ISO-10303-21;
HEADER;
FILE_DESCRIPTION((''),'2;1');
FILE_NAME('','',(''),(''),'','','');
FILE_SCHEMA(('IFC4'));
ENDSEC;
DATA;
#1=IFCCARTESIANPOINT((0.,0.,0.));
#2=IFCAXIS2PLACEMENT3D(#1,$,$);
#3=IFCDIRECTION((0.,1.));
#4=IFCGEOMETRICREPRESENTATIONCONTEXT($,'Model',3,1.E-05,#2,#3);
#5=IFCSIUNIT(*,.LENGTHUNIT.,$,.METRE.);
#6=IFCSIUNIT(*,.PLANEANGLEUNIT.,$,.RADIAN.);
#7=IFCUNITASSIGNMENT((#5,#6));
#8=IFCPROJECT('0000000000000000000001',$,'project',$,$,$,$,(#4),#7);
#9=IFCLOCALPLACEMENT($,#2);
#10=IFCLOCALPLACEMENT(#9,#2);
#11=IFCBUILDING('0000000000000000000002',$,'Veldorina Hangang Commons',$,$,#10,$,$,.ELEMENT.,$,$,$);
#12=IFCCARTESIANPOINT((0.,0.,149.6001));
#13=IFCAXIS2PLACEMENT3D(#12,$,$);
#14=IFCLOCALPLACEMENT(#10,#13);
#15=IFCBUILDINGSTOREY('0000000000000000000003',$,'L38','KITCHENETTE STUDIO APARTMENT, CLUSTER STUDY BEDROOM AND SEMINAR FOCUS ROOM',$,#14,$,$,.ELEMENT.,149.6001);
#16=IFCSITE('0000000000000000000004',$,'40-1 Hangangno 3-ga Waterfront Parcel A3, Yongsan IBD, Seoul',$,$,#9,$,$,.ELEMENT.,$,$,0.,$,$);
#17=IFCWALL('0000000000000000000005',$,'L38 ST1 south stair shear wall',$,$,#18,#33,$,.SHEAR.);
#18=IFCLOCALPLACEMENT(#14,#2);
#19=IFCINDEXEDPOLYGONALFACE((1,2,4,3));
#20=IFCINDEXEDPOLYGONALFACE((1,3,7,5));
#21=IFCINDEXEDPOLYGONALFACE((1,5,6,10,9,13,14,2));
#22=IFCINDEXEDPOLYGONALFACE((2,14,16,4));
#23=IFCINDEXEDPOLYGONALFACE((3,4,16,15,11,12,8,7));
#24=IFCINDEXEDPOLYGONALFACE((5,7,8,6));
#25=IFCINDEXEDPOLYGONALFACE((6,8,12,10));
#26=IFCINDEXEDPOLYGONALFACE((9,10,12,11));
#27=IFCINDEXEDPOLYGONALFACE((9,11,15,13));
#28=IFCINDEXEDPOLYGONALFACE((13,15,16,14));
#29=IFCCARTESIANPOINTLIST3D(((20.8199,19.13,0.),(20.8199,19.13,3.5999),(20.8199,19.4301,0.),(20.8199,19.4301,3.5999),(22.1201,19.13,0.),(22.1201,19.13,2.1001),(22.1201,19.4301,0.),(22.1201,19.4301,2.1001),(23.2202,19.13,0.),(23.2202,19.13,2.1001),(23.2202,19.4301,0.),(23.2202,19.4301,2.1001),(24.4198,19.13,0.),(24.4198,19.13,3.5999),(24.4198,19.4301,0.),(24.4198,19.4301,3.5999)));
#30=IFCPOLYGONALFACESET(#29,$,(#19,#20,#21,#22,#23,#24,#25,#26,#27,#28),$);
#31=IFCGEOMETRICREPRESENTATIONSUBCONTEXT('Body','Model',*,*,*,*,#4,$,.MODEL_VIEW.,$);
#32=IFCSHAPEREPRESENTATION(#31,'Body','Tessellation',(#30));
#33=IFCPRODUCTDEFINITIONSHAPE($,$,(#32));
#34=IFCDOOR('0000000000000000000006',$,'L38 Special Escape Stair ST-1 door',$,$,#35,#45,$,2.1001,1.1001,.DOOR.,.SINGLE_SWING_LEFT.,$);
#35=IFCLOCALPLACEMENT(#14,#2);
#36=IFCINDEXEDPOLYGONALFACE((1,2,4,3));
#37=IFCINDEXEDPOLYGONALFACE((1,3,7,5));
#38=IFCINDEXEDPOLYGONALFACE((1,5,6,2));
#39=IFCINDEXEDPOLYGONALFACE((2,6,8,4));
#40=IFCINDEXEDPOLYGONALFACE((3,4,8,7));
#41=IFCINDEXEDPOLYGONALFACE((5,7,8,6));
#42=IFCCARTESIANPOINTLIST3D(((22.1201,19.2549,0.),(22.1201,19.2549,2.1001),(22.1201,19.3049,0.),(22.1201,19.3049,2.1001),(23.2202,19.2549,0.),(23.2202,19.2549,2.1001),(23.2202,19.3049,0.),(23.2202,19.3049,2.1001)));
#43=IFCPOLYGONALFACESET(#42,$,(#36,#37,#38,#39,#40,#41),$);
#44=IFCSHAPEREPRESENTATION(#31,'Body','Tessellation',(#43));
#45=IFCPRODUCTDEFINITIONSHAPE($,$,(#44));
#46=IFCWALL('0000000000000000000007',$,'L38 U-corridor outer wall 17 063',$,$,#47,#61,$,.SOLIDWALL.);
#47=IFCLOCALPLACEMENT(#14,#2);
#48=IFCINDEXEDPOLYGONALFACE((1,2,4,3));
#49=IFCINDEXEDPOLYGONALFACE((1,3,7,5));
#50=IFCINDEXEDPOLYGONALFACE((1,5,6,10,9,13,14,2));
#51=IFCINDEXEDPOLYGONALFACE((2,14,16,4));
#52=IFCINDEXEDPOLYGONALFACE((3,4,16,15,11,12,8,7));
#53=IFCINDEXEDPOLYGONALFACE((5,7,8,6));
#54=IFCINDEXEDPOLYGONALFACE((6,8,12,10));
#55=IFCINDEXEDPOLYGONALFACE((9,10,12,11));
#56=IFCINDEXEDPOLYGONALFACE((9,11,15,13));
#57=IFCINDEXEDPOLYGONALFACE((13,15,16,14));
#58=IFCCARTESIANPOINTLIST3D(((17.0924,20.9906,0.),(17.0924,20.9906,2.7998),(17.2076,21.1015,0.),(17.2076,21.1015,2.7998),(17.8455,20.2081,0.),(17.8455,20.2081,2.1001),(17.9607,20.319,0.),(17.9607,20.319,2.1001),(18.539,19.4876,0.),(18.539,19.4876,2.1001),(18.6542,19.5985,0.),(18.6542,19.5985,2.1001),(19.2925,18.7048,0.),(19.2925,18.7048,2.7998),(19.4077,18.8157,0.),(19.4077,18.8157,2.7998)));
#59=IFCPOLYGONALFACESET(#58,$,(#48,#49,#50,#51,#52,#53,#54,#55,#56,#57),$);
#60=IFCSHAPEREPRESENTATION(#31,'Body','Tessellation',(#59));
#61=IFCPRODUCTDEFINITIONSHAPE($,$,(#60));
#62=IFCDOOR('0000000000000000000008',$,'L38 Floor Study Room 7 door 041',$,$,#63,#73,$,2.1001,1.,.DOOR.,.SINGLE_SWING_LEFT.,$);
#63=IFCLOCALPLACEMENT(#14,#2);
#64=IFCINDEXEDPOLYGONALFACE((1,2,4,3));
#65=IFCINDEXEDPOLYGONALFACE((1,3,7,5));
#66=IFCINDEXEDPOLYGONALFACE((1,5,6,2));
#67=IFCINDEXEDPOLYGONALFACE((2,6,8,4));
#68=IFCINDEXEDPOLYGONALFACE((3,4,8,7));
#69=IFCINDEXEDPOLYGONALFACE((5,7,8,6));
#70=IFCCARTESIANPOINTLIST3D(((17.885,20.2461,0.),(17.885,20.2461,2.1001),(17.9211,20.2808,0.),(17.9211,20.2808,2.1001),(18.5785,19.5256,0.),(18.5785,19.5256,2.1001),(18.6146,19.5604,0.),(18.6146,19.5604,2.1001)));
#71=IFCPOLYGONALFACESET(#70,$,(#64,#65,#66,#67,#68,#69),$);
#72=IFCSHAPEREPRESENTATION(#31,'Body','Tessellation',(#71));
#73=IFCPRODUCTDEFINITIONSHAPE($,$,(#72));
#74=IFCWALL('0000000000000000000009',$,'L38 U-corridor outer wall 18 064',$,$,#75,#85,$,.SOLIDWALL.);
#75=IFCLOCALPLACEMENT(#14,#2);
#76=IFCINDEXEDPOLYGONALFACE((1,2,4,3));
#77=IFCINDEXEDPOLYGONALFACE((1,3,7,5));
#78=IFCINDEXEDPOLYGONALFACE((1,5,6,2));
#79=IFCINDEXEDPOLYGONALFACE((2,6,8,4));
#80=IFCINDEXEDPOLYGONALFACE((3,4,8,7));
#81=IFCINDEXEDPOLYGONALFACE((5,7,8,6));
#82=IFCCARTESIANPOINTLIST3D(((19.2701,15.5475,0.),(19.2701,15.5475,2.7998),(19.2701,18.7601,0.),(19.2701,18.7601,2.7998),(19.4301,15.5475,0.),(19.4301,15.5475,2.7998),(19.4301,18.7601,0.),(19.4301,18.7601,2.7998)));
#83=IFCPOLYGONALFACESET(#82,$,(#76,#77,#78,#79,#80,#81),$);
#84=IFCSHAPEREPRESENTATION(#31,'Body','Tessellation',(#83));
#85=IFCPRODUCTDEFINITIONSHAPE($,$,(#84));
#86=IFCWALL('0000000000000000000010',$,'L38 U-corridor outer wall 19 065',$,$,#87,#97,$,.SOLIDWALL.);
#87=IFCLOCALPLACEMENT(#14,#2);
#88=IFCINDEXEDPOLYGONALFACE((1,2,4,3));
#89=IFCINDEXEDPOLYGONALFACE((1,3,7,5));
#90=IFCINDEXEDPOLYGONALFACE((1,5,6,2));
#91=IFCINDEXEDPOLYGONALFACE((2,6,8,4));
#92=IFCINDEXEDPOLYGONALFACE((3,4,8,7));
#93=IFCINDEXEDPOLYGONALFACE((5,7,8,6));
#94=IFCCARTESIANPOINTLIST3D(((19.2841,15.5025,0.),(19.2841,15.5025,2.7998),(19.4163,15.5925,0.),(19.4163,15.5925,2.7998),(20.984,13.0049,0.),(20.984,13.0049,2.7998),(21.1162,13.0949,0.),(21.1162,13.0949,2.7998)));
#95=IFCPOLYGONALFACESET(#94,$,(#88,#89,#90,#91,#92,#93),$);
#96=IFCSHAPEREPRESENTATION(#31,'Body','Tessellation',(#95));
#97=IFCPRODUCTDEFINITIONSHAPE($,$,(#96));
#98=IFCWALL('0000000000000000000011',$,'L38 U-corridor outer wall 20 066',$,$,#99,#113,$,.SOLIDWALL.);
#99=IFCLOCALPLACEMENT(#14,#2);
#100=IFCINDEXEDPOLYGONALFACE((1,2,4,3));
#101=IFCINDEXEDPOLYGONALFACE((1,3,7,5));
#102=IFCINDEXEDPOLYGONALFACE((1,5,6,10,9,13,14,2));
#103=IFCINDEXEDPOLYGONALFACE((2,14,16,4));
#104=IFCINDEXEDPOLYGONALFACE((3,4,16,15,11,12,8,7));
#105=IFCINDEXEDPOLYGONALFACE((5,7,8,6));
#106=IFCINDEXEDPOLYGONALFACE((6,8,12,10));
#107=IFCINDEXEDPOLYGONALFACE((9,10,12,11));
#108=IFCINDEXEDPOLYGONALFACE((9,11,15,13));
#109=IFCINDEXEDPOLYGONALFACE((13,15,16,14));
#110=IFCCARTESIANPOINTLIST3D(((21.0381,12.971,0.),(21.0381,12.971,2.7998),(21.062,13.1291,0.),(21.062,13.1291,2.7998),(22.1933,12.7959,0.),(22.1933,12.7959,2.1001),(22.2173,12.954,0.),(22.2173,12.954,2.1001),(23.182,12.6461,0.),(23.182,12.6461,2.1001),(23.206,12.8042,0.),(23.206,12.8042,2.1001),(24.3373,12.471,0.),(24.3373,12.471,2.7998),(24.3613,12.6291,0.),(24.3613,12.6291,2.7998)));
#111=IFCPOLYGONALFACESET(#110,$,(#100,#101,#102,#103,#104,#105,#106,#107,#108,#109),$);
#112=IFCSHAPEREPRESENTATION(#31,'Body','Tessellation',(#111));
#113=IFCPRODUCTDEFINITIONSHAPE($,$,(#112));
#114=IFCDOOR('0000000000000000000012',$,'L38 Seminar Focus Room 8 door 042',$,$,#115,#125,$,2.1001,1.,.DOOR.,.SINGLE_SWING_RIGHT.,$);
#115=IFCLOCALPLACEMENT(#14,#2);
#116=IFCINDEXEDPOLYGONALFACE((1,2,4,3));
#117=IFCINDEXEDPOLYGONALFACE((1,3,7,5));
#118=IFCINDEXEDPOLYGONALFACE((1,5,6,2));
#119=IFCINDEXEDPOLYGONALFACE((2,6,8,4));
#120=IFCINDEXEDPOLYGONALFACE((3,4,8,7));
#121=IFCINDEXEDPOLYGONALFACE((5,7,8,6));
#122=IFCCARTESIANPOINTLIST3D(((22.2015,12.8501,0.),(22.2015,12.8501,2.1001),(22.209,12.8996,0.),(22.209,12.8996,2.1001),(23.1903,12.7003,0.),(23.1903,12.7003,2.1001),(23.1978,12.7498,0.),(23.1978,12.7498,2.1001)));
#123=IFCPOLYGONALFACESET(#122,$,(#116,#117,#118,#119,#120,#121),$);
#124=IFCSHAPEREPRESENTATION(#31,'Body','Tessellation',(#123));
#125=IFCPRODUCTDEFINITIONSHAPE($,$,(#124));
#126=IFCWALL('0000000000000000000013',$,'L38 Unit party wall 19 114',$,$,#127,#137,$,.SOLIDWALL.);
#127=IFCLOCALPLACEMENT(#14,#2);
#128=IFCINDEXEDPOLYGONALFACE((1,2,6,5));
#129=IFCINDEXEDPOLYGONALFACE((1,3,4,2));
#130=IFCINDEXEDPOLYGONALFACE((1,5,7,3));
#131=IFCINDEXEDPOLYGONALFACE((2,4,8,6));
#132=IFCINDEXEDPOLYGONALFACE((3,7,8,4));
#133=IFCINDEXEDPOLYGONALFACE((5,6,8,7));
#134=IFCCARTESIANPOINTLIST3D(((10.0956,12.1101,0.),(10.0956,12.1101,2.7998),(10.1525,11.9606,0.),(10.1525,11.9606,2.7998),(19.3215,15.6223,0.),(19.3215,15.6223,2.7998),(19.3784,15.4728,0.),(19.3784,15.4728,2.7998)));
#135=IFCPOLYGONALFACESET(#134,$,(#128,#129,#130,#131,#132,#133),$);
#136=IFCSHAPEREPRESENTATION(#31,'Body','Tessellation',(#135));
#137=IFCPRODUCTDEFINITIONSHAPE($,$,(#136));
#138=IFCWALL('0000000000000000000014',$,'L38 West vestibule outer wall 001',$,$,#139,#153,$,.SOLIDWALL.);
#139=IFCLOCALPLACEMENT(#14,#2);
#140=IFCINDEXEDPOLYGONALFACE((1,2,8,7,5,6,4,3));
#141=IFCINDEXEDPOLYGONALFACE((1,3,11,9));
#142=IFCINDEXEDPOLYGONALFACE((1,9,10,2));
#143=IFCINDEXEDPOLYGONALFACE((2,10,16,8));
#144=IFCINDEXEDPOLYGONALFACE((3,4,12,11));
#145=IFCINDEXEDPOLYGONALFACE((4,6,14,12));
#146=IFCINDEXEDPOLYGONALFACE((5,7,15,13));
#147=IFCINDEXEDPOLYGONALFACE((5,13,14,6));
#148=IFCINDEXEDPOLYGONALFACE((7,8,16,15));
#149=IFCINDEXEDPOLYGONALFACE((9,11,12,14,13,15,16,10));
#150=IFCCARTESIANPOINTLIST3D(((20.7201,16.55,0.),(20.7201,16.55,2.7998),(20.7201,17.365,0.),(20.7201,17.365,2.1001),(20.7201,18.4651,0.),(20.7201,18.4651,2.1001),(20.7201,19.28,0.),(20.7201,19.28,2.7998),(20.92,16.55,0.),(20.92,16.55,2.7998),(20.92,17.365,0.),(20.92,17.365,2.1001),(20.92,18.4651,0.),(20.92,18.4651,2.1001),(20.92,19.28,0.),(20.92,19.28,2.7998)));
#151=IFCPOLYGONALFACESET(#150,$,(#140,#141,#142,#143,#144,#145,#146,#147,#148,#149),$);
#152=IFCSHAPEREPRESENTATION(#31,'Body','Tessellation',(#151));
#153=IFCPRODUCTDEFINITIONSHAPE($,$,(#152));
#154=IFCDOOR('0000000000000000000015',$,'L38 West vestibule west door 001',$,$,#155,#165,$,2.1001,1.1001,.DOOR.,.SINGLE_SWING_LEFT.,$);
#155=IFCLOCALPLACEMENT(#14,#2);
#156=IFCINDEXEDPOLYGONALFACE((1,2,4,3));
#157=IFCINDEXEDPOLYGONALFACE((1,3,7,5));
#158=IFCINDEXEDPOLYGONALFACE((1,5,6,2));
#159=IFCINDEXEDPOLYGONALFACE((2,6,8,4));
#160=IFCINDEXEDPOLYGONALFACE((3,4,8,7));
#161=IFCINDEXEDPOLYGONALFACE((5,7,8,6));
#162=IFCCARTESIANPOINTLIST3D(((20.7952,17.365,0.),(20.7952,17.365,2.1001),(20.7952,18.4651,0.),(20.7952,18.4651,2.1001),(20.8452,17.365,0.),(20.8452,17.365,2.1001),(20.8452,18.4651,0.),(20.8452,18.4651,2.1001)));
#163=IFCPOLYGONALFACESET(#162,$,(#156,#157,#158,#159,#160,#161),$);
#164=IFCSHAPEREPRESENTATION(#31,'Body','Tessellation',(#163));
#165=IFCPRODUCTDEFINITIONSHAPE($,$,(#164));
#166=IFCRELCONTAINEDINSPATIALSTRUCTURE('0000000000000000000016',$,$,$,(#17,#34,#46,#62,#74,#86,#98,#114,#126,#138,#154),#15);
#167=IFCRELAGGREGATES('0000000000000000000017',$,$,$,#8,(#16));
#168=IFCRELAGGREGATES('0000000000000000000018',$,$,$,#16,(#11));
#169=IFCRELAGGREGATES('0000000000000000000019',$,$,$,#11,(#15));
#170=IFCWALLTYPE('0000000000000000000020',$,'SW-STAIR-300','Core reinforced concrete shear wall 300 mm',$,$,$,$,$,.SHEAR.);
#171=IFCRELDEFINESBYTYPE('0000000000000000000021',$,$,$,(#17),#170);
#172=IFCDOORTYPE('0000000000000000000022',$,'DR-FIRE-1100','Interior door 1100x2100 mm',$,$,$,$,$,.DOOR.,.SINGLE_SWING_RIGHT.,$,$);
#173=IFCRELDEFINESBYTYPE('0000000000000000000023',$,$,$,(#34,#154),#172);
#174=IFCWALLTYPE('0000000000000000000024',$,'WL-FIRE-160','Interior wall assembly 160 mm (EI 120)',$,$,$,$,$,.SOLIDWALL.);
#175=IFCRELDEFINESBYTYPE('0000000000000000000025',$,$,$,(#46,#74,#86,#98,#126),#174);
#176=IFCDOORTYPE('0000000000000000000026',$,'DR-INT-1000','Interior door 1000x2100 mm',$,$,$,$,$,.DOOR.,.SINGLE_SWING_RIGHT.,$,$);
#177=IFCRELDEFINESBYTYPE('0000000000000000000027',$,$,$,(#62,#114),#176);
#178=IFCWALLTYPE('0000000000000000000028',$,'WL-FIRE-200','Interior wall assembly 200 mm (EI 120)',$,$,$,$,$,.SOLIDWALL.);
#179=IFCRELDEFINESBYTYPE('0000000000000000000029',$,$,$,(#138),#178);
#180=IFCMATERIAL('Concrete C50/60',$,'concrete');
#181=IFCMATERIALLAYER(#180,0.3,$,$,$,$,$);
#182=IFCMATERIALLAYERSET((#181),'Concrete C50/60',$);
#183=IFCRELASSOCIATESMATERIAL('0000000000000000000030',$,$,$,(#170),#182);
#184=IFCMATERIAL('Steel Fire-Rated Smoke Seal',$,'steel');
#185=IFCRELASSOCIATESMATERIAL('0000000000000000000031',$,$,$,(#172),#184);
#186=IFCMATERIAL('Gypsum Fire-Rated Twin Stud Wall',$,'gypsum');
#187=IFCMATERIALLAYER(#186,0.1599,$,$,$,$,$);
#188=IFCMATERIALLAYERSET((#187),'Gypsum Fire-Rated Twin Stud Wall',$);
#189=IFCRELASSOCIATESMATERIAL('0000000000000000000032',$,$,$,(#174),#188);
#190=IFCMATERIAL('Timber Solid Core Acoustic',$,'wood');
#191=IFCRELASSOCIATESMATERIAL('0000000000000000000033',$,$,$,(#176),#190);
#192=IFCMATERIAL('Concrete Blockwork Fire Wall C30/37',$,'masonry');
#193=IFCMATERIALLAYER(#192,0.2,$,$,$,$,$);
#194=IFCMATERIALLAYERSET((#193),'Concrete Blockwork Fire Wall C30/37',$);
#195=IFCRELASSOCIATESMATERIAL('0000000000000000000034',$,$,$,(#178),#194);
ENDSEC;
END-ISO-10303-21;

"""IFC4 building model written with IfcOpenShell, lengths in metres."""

from ifc_helpers import new_model, si_unit, direction, frame, frame_2d, origin, place, context, subcontext, project, spatial, rectangle, extrude, material, layer, layer_set, type_object, element, fill, save


model = new_model("IFC4")

# Units and contexts
model_context = context("Model", 3, precision=1e-05, world=origin(), true_north=direction((0.0, 1.0)))
body_context = subcontext(model_context, "Body", "Model", "MODEL_VIEW")
ifc_project = project(units=[si_unit("LENGTHUNIT", "METRE"), si_unit("PLANEANGLEUNIT", "RADIAN")], contexts=[model_context])

# Site, building, storey
site_placement = place(None, origin())
site = spatial("IfcSite", under=ifc_project, at=site_placement, Name="40-1 Hangangno 3-ga Waterfront Parcel A3, Yongsan IBD, Seoul", CompositionType="ELEMENT", RefElevation=0.0)
building_placement = place(site_placement, origin())
building = spatial("IfcBuilding", under=site, at=building_placement, Name="Veldorina Hangang Commons", CompositionType="ELEMENT")
storey_placement = place(building_placement, frame((0.0, 0.0, 149.6001)))
storey = spatial("IfcBuildingStorey", under=building, at=storey_placement, Name="L38", Description="KITCHENETTE STUDIO APARTMENT, CLUSTER STUDY BEDROOM AND SEMINAR FOCUS ROOM", CompositionType="ELEMENT", Elevation=149.6001)

# Shared definitions
ifc_material_1 = material(Name="Concrete C50/60", Category="concrete")
ifc_layer_1 = layer(ifc_material_1, 0.3)
ifc_layer_set_1 = layer_set([ifc_layer_1], Name="Concrete C50/60")
wall_type_1 = type_object("IfcWallType", Name="SW-STAIR-300", Description="Core reinforced concrete shear wall 300 mm", PredefinedType="SHEAR", material=ifc_layer_set_1)

# Walls, openings, doors
wall_1_placement = place(storey_placement, frame((20.8201, 19.28, 0.0), z_axis=(0.0, 0.0, 1.0), x_axis=(1.0, 0.0, 0.0)))
wall_1 = element("IfcWall", 1, at=wall_1_placement, inside=storey, type_object=wall_type_1, Name="L38 ST1 south stair shear wall", PredefinedType="SHEAR", context=body_context, shape_type="SweptSolid", body=[
    extrude(rectangle(XDim=3.5999, YDim=0.3, at=frame_2d((1.7998, 0.0))), origin(), (0.0, 0.0, 1.0), 3.5999),
])
opening_1_placement = place(wall_1_placement, frame((1.3, 0.0, 0.0)))
opening_1 = element("IfcOpeningElement", 2, at=opening_1_placement, cuts=wall_1, PredefinedType="OPENING", context=body_context, shape_type="SweptSolid", body=[
    extrude(rectangle(XDim=1.1001, YDim=2.1001, at=frame_2d((0.55, 1.05))), frame((0.0, 0.1602, 0.0), z_axis=(0.0, -1.0, 0.0), x_axis=(1.0, 0.0, 0.0)), (0.0, 0.0, 1.0), 0.3201),
])
ifc_material_2 = material(Name="Steel Fire-Rated Smoke Seal", Category="steel")
door_type_1 = type_object("IfcDoorType", Name="DR-FIRE-1100", Description="Interior door 1100x2100 mm", OperationType="SINGLE_SWING_RIGHT", PredefinedType="DOOR", material=ifc_material_2)
door_1_placement = place(opening_1_placement, origin())
door_1 = element("IfcDoor", 3, at=door_1_placement, inside=storey, type_object=door_type_1, Name="L38 Special Escape Stair ST-1 door", OperationType="SINGLE_SWING_LEFT", OverallHeight=2.1001, OverallWidth=1.1001, PredefinedType="DOOR", context=body_context, shape_type="SweptSolid", body=[
    extrude(rectangle(XDim=1.1001, YDim=2.1001, at=frame_2d((0.55, 1.05))), frame((0.0, 0.0249, 0.0), z_axis=(0.0, -1.0, 0.0), x_axis=(1.0, 0.0, 0.0)), (0.0, 0.0, 1.0), 0.05),
])
fill(opening_1, door_1)
ifc_material_3 = material(Name="Gypsum Fire-Rated Twin Stud Wall", Category="gypsum")
ifc_layer_2 = layer(ifc_material_3, 0.1599)
ifc_layer_set_2 = layer_set([ifc_layer_2], Name="Gypsum Fire-Rated Twin Stud Wall")
wall_type_2 = type_object("IfcWallType", Name="WL-FIRE-160", Description="Interior wall assembly 160 mm (EI 120)", PredefinedType="SOLIDWALL", material=ifc_layer_set_2)
wall_2_placement = place(storey_placement, frame((17.1499, 21.0461, 0.0), z_axis=(0.0, 0.0, 1.0), x_axis=(0.693473, -0.720483, 0.0)))
wall_2 = element("IfcWall", 4, at=wall_2_placement, inside=storey, type_object=wall_type_2, Name="L38 U-corridor outer wall 17 063", PredefinedType="SOLIDWALL", context=body_context, shape_type="SweptSolid", body=[
    extrude(rectangle(XDim=3.1726, YDim=0.1599, at=frame_2d((1.5864, 0.0))), origin(), (0.0, 0.0, 1.0), 2.7998),
])
opening_2_placement = place(wall_2_placement, frame((1.0862, 0.0, 0.0)))
opening_2 = element("IfcOpeningElement", 5, at=opening_2_placement, cuts=wall_2, PredefinedType="OPENING", context=body_context, shape_type="SweptSolid", body=[
    extrude(rectangle(XDim=1.0, YDim=2.1001, at=frame_2d((0.5, 1.05))), frame((0.0, 0.0898, 0.0), z_axis=(0.0, -1.0, 0.0), x_axis=(1.0, 0.0, 0.0)), (0.0, 0.0, 1.0), 0.1799),
])
ifc_material_4 = material(Name="Timber Solid Core Acoustic", Category="wood")
door_type_2 = type_object("IfcDoorType", Name="DR-INT-1000", Description="Interior door 1000x2100 mm", OperationType="SINGLE_SWING_RIGHT", PredefinedType="DOOR", material=ifc_material_4)
door_2_placement = place(opening_2_placement, origin())
door_2 = element("IfcDoor", 6, at=door_2_placement, inside=storey, type_object=door_type_2, Name="L38 Floor Study Room 7 door 041", OperationType="SINGLE_SWING_LEFT", OverallHeight=2.1001, OverallWidth=1.0, PredefinedType="DOOR", context=body_context, shape_type="SweptSolid", body=[
    extrude(rectangle(XDim=1.0, YDim=2.1001, at=frame_2d((0.5, 1.05))), frame((0.0, 0.0249, 0.0), z_axis=(0.0, -1.0, 0.0), x_axis=(1.0, 0.0, 0.0)), (0.0, 0.0, 1.0), 0.05),
])
fill(opening_2, door_2)

# Walls
wall_3_placement = place(storey_placement, frame((19.3501, 18.7603, 0.0), z_axis=(0.0, 0.0, 1.0), x_axis=(0.0, -1.0, 0.0)))
element("IfcWall", 7, at=wall_3_placement, inside=storey, type_object=wall_type_2, Name="L38 U-corridor outer wall 18 064", PredefinedType="SOLIDWALL", context=body_context, shape_type="SweptSolid", body=[
    extrude(rectangle(XDim=3.2126, YDim=0.1599, at=frame_2d((1.6064, 0.0))), origin(), (0.0, 0.0, 1.0), 2.7998),
])
wall_4_placement = place(storey_placement, frame((19.3501, 15.5476, 0.0), z_axis=(0.0, 0.0, 1.0), x_axis=(0.562675, -0.826678, 0.0)))
element("IfcWall", 8, at=wall_4_placement, inside=storey, type_object=wall_type_2, Name="L38 U-corridor outer wall 19 065", PredefinedType="SOLIDWALL", context=body_context, shape_type="SweptSolid", body=[
    extrude(rectangle(XDim=3.0212, YDim=0.1599, at=frame_2d((1.5107, 0.0))), origin(), (0.0, 0.0, 1.0), 2.7998),
])

# Wall, opening, door
wall_5_placement = place(storey_placement, frame((21.05, 13.05, 0.0), z_axis=(0.0, 0.0, 1.0), x_axis=(0.988711, -0.149836, 0.0)))
wall_5 = element("IfcWall", 9, at=wall_5_placement, inside=storey, type_object=wall_type_2, Name="L38 U-corridor outer wall 20 066", PredefinedType="SOLIDWALL", context=body_context, shape_type="SweptSolid", body=[
    extrude(rectangle(XDim=3.3369, YDim=0.1599, at=frame_2d((1.6685, 0.0))), origin(), (0.0, 0.0, 1.0), 2.7998),
])
opening_3_placement = place(wall_5_placement, frame((1.1685, 0.0, 0.0)))
opening_3 = element("IfcOpeningElement", 10, at=opening_3_placement, cuts=wall_5, PredefinedType="OPENING", context=body_context, shape_type="SweptSolid", body=[
    extrude(rectangle(XDim=1.0, YDim=2.1001, at=frame_2d((0.5, 1.05))), frame((0.0, 0.0898, 0.0), z_axis=(0.0, -1.0, 0.0), x_axis=(1.0, 0.0, 0.0)), (0.0, 0.0, 1.0), 0.1799),
])
door_3_placement = place(opening_3_placement, origin())
door_3 = element("IfcDoor", 11, at=door_3_placement, inside=storey, type_object=door_type_2, Name="L38 Seminar Focus Room 8 door 042", OperationType="SINGLE_SWING_RIGHT", OverallHeight=2.1001, OverallWidth=1.0, PredefinedType="DOOR", context=body_context, shape_type="SweptSolid", body=[
    extrude(rectangle(XDim=1.0, YDim=2.1001, at=frame_2d((0.5, 1.05))), frame((0.0, 0.0249, 0.0), z_axis=(0.0, -1.0, 0.0), x_axis=(1.0, 0.0, 0.0)), (0.0, 0.0, 1.0), 0.05),
])
fill(opening_3, door_3)

# Wall
wall_6_placement = place(storey_placement, frame((19.3501, 15.5476, 0.0), z_axis=(0.0, 0.0, 1.0), x_axis=(-0.934568, -0.355783, 0.0)))
element("IfcWall", 12, at=wall_6_placement, inside=storey, type_object=wall_type_2, Name="L38 Unit party wall 19 114", PredefinedType="SOLIDWALL", context=body_context, shape_type="SweptSolid", body=[
    extrude(rectangle(XDim=9.8718, YDim=0.1599, at=frame_2d((4.936, 0.0))), origin(), (0.0, 0.0, 1.0), 2.7998),
])

# Wall, opening, door
ifc_material_5 = material(Name="Concrete Blockwork Fire Wall C30/37", Category="masonry")
ifc_layer_3 = layer(ifc_material_5, 0.2)
ifc_layer_set_3 = layer_set([ifc_layer_3], Name="Concrete Blockwork Fire Wall C30/37")
wall_type_3 = type_object("IfcWallType", Name="WL-FIRE-200", Description="Interior wall assembly 200 mm (EI 120)", PredefinedType="SOLIDWALL", material=ifc_layer_set_3)
wall_7_placement = place(storey_placement, frame((20.8201, 16.55, 0.0), z_axis=(0.0, 0.0, 1.0), x_axis=(0.0, 1.0, 0.0)))
wall_7 = element("IfcWall", 13, at=wall_7_placement, inside=storey, type_object=wall_type_3, Name="L38 West vestibule outer wall 001", PredefinedType="SOLIDWALL", context=body_context, shape_type="SweptSolid", body=[
    extrude(rectangle(XDim=2.73, YDim=0.2, at=frame_2d((1.365, 0.0))), origin(), (0.0, 0.0, 1.0), 2.7998),
])
opening_4_placement = place(wall_7_placement, frame((0.8149, 0.0, 0.0)))
opening_4 = element("IfcOpeningElement", 14, at=opening_4_placement, cuts=wall_7, PredefinedType="OPENING", context=body_context, shape_type="SweptSolid", body=[
    extrude(rectangle(XDim=1.1001, YDim=2.1001, at=frame_2d((0.55, 1.05))), frame((0.0, 0.1099, 0.0), z_axis=(0.0, -1.0, 0.0), x_axis=(1.0, 0.0, 0.0)), (0.0, 0.0, 1.0), 0.22),
])
door_4_placement = place(opening_4_placement, origin())
door_4 = element("IfcDoor", 15, at=door_4_placement, inside=storey, type_object=door_type_1, Name="L38 West vestibule west door 001", OperationType="SINGLE_SWING_LEFT", OverallHeight=2.1001, OverallWidth=1.1001, PredefinedType="DOOR", context=body_context, shape_type="SweptSolid", body=[
    extrude(rectangle(XDim=1.1001, YDim=2.1001, at=frame_2d((0.55, 1.05))), frame((0.0, 0.0249, 0.0), z_axis=(0.0, -1.0, 0.0), x_axis=(1.0, 0.0, 0.0)), (0.0, 0.0, 1.0), 0.05),
])
fill(opening_4, door_4)

save(model, "model.ifc")
